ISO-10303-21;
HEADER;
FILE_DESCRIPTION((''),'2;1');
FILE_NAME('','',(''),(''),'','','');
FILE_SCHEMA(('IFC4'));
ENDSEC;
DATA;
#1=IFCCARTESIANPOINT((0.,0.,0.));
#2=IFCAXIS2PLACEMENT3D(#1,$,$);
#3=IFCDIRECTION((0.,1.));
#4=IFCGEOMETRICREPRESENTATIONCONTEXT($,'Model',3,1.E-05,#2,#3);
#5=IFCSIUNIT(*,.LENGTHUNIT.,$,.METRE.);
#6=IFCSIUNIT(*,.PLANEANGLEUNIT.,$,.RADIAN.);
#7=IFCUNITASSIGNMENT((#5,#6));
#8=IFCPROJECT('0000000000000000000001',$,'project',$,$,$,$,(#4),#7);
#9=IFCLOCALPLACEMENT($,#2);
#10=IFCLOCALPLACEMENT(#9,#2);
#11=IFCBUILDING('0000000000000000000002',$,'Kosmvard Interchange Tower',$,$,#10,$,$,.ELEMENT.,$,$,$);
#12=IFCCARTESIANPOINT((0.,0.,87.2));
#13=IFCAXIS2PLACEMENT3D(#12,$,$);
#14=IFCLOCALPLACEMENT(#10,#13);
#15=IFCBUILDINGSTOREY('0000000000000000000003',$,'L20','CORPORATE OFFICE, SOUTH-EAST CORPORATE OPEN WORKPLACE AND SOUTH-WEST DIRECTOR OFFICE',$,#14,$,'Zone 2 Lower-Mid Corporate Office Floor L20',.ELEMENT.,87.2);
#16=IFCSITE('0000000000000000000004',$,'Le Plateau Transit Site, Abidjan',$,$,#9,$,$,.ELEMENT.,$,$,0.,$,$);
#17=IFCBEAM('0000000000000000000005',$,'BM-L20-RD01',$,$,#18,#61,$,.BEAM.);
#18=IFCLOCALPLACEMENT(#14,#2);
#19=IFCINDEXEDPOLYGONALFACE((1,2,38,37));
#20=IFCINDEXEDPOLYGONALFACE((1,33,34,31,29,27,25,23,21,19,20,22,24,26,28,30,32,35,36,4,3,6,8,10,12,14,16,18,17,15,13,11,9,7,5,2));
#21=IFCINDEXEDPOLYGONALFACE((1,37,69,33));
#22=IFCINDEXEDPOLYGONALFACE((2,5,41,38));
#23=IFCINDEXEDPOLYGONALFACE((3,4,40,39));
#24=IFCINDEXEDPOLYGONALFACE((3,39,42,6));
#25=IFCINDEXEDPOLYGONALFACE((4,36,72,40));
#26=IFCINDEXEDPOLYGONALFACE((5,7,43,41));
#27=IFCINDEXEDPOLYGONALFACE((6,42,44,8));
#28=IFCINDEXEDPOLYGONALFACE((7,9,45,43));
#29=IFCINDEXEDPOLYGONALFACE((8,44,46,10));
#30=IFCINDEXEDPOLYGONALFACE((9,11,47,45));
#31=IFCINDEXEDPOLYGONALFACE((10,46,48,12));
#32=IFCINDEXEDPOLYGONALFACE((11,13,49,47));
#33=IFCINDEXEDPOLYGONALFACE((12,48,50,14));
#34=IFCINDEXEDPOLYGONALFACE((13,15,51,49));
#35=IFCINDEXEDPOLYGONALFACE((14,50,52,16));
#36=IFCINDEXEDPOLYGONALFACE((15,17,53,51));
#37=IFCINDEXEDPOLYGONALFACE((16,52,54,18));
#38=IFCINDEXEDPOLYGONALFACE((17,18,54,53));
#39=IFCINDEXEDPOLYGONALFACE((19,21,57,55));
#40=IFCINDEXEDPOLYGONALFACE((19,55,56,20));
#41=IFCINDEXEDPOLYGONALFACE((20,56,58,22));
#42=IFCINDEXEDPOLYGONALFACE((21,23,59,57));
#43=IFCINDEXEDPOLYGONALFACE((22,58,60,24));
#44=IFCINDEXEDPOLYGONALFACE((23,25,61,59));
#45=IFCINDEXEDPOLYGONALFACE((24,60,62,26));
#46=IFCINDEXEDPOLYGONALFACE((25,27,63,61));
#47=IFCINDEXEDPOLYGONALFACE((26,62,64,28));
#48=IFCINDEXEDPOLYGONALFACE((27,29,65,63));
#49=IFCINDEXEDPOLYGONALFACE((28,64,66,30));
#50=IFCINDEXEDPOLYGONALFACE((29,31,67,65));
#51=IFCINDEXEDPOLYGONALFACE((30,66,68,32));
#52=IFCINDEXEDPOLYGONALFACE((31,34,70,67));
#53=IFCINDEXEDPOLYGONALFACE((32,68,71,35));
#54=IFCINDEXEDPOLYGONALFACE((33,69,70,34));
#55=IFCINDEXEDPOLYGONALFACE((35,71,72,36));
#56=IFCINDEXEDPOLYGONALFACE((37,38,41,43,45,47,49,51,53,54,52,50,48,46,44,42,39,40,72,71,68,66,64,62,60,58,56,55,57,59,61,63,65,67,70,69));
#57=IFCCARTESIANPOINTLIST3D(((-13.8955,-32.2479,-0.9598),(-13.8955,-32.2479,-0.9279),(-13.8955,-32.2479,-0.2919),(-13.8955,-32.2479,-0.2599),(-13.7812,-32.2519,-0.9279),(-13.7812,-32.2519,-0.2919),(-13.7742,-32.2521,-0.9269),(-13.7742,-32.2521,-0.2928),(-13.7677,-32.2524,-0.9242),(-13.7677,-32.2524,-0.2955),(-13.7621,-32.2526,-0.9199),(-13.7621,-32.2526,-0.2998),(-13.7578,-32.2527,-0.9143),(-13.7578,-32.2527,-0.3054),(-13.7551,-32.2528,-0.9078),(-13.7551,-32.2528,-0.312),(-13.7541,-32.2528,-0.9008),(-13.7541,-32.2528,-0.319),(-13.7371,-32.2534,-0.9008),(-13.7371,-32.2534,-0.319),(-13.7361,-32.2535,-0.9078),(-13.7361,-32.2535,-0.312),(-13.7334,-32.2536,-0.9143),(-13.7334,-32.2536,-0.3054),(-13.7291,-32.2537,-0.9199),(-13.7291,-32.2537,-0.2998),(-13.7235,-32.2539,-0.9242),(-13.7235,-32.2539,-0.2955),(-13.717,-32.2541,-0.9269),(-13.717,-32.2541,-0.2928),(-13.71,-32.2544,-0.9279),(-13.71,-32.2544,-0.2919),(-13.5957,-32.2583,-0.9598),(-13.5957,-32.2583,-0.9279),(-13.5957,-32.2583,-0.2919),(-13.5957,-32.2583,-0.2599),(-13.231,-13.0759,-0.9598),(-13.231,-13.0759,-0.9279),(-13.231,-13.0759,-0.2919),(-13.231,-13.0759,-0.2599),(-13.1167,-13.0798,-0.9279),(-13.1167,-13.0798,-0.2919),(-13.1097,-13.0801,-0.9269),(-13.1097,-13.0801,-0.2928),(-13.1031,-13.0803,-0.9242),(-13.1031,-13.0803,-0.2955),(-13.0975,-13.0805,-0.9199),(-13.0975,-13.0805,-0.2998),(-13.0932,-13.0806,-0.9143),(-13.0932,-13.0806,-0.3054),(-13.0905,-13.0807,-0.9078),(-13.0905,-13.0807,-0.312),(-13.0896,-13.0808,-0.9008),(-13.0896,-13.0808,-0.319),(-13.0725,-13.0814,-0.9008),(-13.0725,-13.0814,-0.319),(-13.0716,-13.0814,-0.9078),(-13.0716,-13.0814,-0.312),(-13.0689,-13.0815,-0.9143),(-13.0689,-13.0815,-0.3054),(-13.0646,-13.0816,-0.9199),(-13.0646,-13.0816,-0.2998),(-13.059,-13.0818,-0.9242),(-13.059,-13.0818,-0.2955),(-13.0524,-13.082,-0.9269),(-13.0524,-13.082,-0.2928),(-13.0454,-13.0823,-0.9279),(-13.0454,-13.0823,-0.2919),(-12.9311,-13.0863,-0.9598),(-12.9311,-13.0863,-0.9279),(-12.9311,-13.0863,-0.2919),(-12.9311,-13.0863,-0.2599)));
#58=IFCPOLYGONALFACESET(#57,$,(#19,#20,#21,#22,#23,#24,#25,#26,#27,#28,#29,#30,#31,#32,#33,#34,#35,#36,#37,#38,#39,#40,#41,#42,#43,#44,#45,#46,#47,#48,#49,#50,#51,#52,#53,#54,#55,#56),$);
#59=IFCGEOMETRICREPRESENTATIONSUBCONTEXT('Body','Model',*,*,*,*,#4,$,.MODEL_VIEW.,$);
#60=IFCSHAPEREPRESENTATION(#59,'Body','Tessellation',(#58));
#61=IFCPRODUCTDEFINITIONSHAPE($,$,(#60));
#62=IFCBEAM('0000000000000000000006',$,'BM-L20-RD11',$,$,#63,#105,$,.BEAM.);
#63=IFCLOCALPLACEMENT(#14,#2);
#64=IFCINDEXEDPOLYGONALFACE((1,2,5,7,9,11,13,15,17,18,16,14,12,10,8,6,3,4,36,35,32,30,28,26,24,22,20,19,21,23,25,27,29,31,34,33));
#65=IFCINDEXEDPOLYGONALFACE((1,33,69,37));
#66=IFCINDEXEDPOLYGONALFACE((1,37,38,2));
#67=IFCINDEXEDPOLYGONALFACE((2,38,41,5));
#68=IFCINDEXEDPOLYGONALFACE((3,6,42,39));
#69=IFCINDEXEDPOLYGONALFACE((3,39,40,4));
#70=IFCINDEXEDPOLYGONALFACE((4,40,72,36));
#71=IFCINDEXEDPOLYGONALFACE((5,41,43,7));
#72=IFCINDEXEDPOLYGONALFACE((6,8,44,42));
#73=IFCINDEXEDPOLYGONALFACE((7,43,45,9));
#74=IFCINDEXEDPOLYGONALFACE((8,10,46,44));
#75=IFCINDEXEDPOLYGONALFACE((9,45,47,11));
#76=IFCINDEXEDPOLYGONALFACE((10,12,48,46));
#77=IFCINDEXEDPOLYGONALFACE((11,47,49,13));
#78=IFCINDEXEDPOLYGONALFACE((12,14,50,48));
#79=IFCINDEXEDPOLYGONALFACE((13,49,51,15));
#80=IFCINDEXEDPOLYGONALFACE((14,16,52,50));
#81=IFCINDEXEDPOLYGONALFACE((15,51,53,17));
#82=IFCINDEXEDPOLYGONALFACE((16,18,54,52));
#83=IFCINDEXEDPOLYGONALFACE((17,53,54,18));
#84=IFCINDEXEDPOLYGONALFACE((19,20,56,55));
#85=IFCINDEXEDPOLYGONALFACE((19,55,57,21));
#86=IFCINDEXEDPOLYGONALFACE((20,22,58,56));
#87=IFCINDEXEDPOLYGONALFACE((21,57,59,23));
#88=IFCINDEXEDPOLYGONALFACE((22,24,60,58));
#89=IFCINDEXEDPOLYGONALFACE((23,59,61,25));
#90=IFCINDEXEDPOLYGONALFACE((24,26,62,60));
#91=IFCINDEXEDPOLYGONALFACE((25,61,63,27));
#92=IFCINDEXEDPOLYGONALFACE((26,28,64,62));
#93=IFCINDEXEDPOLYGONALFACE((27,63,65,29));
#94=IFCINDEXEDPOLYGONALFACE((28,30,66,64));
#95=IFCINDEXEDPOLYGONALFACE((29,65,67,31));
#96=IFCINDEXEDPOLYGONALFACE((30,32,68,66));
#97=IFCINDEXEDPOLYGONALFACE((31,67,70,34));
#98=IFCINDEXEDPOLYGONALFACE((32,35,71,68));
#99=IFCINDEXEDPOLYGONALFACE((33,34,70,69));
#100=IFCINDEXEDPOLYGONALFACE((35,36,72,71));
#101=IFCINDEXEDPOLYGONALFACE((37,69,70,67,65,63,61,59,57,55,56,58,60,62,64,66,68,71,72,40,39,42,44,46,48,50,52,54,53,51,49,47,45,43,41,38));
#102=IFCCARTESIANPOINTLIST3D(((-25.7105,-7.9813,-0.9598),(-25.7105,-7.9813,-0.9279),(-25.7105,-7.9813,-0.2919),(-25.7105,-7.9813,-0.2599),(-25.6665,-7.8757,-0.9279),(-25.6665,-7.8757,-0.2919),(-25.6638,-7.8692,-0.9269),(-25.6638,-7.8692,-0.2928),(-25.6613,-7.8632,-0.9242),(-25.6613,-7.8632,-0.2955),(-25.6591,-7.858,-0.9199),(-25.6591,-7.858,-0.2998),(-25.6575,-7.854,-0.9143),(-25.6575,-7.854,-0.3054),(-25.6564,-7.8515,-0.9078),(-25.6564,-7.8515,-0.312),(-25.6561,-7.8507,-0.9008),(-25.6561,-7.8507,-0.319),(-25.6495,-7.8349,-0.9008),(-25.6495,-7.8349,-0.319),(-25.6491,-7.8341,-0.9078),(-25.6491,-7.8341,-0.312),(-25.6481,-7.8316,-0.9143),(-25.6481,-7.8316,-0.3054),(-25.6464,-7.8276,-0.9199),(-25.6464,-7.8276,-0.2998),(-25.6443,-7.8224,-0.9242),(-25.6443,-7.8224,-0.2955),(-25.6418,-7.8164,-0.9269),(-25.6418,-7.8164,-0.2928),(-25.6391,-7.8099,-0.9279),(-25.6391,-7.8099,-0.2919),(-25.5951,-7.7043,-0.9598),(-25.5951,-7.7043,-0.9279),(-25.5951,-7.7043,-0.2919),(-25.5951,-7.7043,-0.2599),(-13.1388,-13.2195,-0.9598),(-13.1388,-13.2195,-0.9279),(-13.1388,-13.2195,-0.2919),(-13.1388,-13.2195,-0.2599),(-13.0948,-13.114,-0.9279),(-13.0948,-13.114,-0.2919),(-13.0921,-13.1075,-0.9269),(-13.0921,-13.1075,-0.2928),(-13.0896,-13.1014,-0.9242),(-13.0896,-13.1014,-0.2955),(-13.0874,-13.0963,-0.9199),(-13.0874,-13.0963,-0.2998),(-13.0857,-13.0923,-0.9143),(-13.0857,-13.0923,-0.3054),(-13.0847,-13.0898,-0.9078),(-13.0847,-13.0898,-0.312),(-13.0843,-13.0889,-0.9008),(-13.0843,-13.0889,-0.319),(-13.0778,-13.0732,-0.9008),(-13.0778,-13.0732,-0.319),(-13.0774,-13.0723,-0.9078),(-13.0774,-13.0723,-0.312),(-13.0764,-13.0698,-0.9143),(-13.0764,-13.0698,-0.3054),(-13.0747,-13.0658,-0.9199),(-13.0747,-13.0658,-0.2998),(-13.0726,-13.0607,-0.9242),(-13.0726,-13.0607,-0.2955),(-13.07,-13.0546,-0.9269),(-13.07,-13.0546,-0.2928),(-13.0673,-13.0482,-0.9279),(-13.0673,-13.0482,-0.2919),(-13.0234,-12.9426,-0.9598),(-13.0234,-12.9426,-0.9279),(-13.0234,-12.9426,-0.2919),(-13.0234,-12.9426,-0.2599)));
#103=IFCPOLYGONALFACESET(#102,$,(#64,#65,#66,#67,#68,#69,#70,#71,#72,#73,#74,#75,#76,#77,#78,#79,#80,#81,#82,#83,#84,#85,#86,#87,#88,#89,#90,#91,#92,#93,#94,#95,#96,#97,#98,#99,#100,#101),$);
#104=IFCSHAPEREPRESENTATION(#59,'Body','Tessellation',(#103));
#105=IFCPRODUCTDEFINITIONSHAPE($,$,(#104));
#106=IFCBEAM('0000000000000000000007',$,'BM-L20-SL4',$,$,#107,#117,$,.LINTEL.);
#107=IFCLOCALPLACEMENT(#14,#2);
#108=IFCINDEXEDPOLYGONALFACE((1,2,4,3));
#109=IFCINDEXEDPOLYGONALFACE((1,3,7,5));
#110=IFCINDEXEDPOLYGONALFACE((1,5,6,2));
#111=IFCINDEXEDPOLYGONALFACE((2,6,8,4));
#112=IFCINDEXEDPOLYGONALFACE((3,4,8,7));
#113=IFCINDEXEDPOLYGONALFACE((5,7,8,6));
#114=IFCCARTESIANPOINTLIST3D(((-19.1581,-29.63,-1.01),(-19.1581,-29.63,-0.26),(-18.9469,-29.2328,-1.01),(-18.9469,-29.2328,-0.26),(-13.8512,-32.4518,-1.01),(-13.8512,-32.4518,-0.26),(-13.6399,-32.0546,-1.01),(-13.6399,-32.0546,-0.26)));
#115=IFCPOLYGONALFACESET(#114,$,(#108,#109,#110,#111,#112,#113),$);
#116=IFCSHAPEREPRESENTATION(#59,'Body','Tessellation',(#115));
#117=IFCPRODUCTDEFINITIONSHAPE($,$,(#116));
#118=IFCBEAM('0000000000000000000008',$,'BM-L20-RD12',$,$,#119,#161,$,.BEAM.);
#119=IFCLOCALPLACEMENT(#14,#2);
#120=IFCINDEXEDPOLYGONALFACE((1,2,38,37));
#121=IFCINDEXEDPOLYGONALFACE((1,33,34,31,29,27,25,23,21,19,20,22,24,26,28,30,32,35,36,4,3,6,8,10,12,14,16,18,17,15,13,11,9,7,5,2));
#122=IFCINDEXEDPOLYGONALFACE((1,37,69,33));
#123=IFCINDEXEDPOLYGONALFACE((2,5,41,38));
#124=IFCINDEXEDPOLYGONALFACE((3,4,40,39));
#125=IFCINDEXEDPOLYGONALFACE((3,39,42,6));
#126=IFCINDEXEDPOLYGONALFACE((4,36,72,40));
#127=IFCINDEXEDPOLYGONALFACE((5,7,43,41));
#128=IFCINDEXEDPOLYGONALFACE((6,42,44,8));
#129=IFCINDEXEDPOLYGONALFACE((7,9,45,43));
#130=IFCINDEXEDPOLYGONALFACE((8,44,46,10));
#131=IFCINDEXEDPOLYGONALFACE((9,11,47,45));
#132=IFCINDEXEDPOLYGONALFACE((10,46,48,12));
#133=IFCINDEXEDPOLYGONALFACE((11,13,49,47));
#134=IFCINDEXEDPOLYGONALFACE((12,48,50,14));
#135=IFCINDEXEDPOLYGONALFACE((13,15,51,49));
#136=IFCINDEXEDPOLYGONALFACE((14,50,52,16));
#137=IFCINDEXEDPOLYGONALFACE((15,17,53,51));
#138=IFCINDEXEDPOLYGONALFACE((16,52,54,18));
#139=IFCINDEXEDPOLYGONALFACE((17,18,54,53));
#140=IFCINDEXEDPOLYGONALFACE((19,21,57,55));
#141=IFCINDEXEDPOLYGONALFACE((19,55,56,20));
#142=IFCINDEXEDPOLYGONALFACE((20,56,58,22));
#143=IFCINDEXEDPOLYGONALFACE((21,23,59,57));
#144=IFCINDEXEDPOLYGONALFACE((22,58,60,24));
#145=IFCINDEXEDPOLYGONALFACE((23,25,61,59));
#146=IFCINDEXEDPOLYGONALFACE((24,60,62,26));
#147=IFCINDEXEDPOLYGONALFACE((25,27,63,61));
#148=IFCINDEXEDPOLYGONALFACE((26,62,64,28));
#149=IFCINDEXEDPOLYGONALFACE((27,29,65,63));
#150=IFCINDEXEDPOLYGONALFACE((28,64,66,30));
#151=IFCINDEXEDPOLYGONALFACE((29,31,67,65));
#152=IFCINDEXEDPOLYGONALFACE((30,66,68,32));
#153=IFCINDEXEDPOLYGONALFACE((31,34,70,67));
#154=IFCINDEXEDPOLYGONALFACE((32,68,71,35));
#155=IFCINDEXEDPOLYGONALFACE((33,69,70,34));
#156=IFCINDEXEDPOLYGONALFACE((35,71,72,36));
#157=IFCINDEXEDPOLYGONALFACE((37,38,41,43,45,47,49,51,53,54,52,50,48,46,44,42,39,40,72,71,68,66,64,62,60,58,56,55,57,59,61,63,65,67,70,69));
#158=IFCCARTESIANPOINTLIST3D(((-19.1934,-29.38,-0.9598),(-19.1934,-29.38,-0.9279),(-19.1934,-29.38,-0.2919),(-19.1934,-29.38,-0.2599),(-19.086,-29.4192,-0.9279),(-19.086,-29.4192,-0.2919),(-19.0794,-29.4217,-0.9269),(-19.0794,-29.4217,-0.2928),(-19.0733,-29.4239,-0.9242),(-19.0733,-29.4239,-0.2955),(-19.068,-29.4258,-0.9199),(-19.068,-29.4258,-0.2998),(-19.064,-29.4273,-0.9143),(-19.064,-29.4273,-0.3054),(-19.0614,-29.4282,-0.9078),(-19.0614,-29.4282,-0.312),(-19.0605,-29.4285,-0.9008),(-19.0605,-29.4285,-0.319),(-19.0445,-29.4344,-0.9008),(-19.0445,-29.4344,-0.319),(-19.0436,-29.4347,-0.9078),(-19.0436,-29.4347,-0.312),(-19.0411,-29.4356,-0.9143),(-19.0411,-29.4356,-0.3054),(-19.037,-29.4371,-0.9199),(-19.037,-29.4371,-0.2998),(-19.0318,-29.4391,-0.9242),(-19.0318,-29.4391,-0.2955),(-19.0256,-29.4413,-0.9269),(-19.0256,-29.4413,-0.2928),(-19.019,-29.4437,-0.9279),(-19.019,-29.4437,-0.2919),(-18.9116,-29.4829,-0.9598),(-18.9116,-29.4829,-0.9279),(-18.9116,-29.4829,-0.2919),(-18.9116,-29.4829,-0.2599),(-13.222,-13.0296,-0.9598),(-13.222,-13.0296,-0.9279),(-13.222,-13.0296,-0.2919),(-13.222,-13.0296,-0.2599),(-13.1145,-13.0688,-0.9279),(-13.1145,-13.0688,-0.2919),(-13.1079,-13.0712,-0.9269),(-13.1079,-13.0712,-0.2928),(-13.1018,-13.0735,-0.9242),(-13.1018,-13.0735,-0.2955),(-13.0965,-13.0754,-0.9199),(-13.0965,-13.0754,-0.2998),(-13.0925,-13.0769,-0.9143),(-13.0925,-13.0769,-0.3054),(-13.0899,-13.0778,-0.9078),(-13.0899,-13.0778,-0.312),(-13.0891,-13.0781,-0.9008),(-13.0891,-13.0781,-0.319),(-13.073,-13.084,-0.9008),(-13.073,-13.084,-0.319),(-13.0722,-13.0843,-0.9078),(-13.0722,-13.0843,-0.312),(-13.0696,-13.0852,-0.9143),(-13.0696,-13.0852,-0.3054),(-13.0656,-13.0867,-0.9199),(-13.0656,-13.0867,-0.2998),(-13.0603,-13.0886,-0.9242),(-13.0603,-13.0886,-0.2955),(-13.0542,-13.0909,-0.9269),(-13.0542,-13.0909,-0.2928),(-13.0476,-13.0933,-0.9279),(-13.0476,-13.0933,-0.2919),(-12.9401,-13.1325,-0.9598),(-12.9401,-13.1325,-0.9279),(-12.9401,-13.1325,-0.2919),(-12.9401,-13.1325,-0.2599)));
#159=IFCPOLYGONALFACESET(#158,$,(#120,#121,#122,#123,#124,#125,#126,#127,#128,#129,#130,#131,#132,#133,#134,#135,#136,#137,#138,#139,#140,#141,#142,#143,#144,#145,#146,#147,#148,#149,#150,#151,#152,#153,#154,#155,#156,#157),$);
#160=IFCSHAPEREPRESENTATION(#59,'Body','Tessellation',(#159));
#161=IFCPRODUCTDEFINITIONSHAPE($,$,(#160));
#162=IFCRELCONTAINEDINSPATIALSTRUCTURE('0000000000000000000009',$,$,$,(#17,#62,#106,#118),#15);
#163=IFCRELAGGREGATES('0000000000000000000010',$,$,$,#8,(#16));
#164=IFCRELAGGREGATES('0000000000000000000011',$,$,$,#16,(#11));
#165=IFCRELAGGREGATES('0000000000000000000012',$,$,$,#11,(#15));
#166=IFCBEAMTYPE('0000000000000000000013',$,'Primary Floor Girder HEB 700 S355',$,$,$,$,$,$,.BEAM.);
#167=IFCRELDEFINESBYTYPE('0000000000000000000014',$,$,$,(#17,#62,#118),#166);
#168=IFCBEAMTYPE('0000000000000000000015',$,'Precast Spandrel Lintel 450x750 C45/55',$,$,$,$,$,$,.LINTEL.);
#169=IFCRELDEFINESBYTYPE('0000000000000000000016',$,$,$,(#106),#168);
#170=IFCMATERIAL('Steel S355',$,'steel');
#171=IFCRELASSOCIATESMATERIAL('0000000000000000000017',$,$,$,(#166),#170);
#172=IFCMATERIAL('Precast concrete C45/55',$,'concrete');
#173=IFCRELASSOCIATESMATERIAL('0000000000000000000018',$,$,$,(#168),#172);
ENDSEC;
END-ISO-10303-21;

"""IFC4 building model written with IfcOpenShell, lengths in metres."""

from ifc_helpers import new_model, si_unit, direction, frame, origin, origin_2d, place, context, subcontext, project, spatial, rectangle, i_section, extrude, source, transform, mapped, material, material_profile, profile_set, type_object, element, save


model = new_model("IFC4")

# Units and contexts
model_context = context("Model", 3, precision=1e-05, world=origin(), true_north=direction((0.0, 1.0)))
body_context = subcontext(model_context, "Body", "Model", "MODEL_VIEW")
ifc_project = project(units=[si_unit("LENGTHUNIT", "METRE"), si_unit("PLANEANGLEUNIT", "RADIAN")], contexts=[model_context])

# Site, building, storey
site_placement = place(None, origin())
site = spatial("IfcSite", under=ifc_project, at=site_placement, Name="Le Plateau Transit Site, Abidjan", CompositionType="ELEMENT", RefElevation=0.0)
building_placement = place(site_placement, origin())
building = spatial("IfcBuilding", under=site, at=building_placement, Name="Kosmvard Interchange Tower", CompositionType="ELEMENT")
storey_placement = place(building_placement, frame((0.0, 0.0, 87.2)))
storey = spatial("IfcBuildingStorey", under=building, at=storey_placement, Name="L20", Description="CORPORATE OFFICE, SOUTH-EAST CORPORATE OPEN WORKPLACE AND SOUTH-WEST DIRECTOR OFFICE", LongName="Zone 2 Lower-Mid Corporate Office Floor L20", CompositionType="ELEMENT", Elevation=87.2)

# Beams
ifc_material_1 = material(Name="Steel S355", Category="steel")
ifc_material_profile_1 = material_profile(ifc_material_1, i_section(OverallWidth=0.3, OverallDepth=0.7, WebThickness=0.0171, FlangeThickness=0.032, FilletRadius=0.0271, at=origin_2d()), Name="HEB 700")
ifc_profile_set_1 = profile_set([ifc_material_profile_1], Name="Steel S355")
beam_type_1 = type_object("IfcBeamType", Name="Primary Floor Girder HEB 700 S355", PredefinedType="BEAM", material=ifc_profile_set_1)
shared_shape_1 = source(origin(), body_context, "Body", "SweptSolid", [
    extrude(i_section(OverallWidth=0.3, OverallDepth=0.7, WebThickness=0.0171, FlangeThickness=0.032, FilletRadius=0.0271, at=origin_2d()), origin(), (0.0, 0.0, 1.0), 19.1836),
])
beam_1_placement = place(storey_placement, frame((-13.0811, -13.0811, -0.6099), z_axis=(-0.034642, -0.9994, 0.0), x_axis=(0.9994, -0.034642, 0.0)))
element("IfcBeam", 1, at=beam_1_placement, inside=storey, type_object=beam_type_1, Name="BM-L20-RD01", PredefinedType="BEAM", context=body_context, shape_type="MappedRepresentation", body=[
    mapped(shared_shape_1, transform((0.0, 0.0, 0.0), scale=1.0)),
])
shared_shape_2 = source(origin(), body_context, "Body", "SweptSolid", [
    extrude(i_section(OverallWidth=0.3, OverallDepth=0.7, WebThickness=0.0171, FlangeThickness=0.032, FilletRadius=0.0271, at=origin_2d()), origin(), (0.0, 0.0, 1.0), 13.6194),
])
beam_2_placement = place(storey_placement, frame((-13.0811, -13.0811, -0.6099), z_axis=(-0.923076, 0.384618, 0.0), x_axis=(-0.384618, -0.923076, 0.0)))
element("IfcBeam", 2, at=beam_2_placement, inside=storey, type_object=beam_type_1, Name="BM-L20-RD11", PredefinedType="BEAM", context=body_context, shape_type="MappedRepresentation", body=[
    mapped(shared_shape_2, transform((0.0, 0.0, 0.0), scale=1.0)),
])
ifc_material_2 = material(Name="Precast concrete C45/55", Category="concrete")
ifc_material_profile_2 = material_profile(ifc_material_2, rectangle(XDim=0.45, YDim=0.75, at=origin_2d()), Name="SL 450x750")
ifc_profile_set_2 = profile_set([ifc_material_profile_2], Name="Precast concrete C45/55")
beam_type_2 = type_object("IfcBeamType", Name="Precast Spandrel Lintel 450x750 C45/55", PredefinedType="LINTEL", material=ifc_profile_set_2)
shared_shape_3 = source(origin(), body_context, "Body", "SweptSolid", [
    extrude(rectangle(XDim=0.45, YDim=0.75, at=origin_2d()), origin(), (0.0, 0.0, 1.0), 6.0105),
])
beam_3_placement = place(storey_placement, frame((-19.0525, -29.4314, -0.635), z_axis=(0.882944, -0.469479, 0.0), x_axis=(0.469479, 0.882944, 0.0)))
element("IfcBeam", 3, at=beam_3_placement, inside=storey, type_object=beam_type_2, Name="BM-L20-SL4", PredefinedType="LINTEL", context=body_context, shape_type="MappedRepresentation", body=[
    mapped(shared_shape_3, transform((0.0, 0.0, 0.0), scale=1.0)),
])
shared_shape_4 = source(origin(), body_context, "Body", "SweptSolid", [
    extrude(i_section(OverallWidth=0.3, OverallDepth=0.7, WebThickness=0.0171, FlangeThickness=0.032, FilletRadius=0.0271, at=origin_2d()), origin(), (0.0, 0.0, 1.0), 17.4067),
])
beam_4_placement = place(storey_placement, frame((-13.0811, -13.0811, -0.6099), z_axis=(-0.343055, -0.939315, 0.0), x_axis=(0.939315, -0.343055, 0.0)))
element("IfcBeam", 4, at=beam_4_placement, inside=storey, type_object=beam_type_1, Name="BM-L20-RD12", PredefinedType="BEAM", context=body_context, shape_type="MappedRepresentation", body=[
    mapped(shared_shape_4, transform((0.0, 0.0, 0.0), scale=1.0)),
])

save(model, "model.ifc")
